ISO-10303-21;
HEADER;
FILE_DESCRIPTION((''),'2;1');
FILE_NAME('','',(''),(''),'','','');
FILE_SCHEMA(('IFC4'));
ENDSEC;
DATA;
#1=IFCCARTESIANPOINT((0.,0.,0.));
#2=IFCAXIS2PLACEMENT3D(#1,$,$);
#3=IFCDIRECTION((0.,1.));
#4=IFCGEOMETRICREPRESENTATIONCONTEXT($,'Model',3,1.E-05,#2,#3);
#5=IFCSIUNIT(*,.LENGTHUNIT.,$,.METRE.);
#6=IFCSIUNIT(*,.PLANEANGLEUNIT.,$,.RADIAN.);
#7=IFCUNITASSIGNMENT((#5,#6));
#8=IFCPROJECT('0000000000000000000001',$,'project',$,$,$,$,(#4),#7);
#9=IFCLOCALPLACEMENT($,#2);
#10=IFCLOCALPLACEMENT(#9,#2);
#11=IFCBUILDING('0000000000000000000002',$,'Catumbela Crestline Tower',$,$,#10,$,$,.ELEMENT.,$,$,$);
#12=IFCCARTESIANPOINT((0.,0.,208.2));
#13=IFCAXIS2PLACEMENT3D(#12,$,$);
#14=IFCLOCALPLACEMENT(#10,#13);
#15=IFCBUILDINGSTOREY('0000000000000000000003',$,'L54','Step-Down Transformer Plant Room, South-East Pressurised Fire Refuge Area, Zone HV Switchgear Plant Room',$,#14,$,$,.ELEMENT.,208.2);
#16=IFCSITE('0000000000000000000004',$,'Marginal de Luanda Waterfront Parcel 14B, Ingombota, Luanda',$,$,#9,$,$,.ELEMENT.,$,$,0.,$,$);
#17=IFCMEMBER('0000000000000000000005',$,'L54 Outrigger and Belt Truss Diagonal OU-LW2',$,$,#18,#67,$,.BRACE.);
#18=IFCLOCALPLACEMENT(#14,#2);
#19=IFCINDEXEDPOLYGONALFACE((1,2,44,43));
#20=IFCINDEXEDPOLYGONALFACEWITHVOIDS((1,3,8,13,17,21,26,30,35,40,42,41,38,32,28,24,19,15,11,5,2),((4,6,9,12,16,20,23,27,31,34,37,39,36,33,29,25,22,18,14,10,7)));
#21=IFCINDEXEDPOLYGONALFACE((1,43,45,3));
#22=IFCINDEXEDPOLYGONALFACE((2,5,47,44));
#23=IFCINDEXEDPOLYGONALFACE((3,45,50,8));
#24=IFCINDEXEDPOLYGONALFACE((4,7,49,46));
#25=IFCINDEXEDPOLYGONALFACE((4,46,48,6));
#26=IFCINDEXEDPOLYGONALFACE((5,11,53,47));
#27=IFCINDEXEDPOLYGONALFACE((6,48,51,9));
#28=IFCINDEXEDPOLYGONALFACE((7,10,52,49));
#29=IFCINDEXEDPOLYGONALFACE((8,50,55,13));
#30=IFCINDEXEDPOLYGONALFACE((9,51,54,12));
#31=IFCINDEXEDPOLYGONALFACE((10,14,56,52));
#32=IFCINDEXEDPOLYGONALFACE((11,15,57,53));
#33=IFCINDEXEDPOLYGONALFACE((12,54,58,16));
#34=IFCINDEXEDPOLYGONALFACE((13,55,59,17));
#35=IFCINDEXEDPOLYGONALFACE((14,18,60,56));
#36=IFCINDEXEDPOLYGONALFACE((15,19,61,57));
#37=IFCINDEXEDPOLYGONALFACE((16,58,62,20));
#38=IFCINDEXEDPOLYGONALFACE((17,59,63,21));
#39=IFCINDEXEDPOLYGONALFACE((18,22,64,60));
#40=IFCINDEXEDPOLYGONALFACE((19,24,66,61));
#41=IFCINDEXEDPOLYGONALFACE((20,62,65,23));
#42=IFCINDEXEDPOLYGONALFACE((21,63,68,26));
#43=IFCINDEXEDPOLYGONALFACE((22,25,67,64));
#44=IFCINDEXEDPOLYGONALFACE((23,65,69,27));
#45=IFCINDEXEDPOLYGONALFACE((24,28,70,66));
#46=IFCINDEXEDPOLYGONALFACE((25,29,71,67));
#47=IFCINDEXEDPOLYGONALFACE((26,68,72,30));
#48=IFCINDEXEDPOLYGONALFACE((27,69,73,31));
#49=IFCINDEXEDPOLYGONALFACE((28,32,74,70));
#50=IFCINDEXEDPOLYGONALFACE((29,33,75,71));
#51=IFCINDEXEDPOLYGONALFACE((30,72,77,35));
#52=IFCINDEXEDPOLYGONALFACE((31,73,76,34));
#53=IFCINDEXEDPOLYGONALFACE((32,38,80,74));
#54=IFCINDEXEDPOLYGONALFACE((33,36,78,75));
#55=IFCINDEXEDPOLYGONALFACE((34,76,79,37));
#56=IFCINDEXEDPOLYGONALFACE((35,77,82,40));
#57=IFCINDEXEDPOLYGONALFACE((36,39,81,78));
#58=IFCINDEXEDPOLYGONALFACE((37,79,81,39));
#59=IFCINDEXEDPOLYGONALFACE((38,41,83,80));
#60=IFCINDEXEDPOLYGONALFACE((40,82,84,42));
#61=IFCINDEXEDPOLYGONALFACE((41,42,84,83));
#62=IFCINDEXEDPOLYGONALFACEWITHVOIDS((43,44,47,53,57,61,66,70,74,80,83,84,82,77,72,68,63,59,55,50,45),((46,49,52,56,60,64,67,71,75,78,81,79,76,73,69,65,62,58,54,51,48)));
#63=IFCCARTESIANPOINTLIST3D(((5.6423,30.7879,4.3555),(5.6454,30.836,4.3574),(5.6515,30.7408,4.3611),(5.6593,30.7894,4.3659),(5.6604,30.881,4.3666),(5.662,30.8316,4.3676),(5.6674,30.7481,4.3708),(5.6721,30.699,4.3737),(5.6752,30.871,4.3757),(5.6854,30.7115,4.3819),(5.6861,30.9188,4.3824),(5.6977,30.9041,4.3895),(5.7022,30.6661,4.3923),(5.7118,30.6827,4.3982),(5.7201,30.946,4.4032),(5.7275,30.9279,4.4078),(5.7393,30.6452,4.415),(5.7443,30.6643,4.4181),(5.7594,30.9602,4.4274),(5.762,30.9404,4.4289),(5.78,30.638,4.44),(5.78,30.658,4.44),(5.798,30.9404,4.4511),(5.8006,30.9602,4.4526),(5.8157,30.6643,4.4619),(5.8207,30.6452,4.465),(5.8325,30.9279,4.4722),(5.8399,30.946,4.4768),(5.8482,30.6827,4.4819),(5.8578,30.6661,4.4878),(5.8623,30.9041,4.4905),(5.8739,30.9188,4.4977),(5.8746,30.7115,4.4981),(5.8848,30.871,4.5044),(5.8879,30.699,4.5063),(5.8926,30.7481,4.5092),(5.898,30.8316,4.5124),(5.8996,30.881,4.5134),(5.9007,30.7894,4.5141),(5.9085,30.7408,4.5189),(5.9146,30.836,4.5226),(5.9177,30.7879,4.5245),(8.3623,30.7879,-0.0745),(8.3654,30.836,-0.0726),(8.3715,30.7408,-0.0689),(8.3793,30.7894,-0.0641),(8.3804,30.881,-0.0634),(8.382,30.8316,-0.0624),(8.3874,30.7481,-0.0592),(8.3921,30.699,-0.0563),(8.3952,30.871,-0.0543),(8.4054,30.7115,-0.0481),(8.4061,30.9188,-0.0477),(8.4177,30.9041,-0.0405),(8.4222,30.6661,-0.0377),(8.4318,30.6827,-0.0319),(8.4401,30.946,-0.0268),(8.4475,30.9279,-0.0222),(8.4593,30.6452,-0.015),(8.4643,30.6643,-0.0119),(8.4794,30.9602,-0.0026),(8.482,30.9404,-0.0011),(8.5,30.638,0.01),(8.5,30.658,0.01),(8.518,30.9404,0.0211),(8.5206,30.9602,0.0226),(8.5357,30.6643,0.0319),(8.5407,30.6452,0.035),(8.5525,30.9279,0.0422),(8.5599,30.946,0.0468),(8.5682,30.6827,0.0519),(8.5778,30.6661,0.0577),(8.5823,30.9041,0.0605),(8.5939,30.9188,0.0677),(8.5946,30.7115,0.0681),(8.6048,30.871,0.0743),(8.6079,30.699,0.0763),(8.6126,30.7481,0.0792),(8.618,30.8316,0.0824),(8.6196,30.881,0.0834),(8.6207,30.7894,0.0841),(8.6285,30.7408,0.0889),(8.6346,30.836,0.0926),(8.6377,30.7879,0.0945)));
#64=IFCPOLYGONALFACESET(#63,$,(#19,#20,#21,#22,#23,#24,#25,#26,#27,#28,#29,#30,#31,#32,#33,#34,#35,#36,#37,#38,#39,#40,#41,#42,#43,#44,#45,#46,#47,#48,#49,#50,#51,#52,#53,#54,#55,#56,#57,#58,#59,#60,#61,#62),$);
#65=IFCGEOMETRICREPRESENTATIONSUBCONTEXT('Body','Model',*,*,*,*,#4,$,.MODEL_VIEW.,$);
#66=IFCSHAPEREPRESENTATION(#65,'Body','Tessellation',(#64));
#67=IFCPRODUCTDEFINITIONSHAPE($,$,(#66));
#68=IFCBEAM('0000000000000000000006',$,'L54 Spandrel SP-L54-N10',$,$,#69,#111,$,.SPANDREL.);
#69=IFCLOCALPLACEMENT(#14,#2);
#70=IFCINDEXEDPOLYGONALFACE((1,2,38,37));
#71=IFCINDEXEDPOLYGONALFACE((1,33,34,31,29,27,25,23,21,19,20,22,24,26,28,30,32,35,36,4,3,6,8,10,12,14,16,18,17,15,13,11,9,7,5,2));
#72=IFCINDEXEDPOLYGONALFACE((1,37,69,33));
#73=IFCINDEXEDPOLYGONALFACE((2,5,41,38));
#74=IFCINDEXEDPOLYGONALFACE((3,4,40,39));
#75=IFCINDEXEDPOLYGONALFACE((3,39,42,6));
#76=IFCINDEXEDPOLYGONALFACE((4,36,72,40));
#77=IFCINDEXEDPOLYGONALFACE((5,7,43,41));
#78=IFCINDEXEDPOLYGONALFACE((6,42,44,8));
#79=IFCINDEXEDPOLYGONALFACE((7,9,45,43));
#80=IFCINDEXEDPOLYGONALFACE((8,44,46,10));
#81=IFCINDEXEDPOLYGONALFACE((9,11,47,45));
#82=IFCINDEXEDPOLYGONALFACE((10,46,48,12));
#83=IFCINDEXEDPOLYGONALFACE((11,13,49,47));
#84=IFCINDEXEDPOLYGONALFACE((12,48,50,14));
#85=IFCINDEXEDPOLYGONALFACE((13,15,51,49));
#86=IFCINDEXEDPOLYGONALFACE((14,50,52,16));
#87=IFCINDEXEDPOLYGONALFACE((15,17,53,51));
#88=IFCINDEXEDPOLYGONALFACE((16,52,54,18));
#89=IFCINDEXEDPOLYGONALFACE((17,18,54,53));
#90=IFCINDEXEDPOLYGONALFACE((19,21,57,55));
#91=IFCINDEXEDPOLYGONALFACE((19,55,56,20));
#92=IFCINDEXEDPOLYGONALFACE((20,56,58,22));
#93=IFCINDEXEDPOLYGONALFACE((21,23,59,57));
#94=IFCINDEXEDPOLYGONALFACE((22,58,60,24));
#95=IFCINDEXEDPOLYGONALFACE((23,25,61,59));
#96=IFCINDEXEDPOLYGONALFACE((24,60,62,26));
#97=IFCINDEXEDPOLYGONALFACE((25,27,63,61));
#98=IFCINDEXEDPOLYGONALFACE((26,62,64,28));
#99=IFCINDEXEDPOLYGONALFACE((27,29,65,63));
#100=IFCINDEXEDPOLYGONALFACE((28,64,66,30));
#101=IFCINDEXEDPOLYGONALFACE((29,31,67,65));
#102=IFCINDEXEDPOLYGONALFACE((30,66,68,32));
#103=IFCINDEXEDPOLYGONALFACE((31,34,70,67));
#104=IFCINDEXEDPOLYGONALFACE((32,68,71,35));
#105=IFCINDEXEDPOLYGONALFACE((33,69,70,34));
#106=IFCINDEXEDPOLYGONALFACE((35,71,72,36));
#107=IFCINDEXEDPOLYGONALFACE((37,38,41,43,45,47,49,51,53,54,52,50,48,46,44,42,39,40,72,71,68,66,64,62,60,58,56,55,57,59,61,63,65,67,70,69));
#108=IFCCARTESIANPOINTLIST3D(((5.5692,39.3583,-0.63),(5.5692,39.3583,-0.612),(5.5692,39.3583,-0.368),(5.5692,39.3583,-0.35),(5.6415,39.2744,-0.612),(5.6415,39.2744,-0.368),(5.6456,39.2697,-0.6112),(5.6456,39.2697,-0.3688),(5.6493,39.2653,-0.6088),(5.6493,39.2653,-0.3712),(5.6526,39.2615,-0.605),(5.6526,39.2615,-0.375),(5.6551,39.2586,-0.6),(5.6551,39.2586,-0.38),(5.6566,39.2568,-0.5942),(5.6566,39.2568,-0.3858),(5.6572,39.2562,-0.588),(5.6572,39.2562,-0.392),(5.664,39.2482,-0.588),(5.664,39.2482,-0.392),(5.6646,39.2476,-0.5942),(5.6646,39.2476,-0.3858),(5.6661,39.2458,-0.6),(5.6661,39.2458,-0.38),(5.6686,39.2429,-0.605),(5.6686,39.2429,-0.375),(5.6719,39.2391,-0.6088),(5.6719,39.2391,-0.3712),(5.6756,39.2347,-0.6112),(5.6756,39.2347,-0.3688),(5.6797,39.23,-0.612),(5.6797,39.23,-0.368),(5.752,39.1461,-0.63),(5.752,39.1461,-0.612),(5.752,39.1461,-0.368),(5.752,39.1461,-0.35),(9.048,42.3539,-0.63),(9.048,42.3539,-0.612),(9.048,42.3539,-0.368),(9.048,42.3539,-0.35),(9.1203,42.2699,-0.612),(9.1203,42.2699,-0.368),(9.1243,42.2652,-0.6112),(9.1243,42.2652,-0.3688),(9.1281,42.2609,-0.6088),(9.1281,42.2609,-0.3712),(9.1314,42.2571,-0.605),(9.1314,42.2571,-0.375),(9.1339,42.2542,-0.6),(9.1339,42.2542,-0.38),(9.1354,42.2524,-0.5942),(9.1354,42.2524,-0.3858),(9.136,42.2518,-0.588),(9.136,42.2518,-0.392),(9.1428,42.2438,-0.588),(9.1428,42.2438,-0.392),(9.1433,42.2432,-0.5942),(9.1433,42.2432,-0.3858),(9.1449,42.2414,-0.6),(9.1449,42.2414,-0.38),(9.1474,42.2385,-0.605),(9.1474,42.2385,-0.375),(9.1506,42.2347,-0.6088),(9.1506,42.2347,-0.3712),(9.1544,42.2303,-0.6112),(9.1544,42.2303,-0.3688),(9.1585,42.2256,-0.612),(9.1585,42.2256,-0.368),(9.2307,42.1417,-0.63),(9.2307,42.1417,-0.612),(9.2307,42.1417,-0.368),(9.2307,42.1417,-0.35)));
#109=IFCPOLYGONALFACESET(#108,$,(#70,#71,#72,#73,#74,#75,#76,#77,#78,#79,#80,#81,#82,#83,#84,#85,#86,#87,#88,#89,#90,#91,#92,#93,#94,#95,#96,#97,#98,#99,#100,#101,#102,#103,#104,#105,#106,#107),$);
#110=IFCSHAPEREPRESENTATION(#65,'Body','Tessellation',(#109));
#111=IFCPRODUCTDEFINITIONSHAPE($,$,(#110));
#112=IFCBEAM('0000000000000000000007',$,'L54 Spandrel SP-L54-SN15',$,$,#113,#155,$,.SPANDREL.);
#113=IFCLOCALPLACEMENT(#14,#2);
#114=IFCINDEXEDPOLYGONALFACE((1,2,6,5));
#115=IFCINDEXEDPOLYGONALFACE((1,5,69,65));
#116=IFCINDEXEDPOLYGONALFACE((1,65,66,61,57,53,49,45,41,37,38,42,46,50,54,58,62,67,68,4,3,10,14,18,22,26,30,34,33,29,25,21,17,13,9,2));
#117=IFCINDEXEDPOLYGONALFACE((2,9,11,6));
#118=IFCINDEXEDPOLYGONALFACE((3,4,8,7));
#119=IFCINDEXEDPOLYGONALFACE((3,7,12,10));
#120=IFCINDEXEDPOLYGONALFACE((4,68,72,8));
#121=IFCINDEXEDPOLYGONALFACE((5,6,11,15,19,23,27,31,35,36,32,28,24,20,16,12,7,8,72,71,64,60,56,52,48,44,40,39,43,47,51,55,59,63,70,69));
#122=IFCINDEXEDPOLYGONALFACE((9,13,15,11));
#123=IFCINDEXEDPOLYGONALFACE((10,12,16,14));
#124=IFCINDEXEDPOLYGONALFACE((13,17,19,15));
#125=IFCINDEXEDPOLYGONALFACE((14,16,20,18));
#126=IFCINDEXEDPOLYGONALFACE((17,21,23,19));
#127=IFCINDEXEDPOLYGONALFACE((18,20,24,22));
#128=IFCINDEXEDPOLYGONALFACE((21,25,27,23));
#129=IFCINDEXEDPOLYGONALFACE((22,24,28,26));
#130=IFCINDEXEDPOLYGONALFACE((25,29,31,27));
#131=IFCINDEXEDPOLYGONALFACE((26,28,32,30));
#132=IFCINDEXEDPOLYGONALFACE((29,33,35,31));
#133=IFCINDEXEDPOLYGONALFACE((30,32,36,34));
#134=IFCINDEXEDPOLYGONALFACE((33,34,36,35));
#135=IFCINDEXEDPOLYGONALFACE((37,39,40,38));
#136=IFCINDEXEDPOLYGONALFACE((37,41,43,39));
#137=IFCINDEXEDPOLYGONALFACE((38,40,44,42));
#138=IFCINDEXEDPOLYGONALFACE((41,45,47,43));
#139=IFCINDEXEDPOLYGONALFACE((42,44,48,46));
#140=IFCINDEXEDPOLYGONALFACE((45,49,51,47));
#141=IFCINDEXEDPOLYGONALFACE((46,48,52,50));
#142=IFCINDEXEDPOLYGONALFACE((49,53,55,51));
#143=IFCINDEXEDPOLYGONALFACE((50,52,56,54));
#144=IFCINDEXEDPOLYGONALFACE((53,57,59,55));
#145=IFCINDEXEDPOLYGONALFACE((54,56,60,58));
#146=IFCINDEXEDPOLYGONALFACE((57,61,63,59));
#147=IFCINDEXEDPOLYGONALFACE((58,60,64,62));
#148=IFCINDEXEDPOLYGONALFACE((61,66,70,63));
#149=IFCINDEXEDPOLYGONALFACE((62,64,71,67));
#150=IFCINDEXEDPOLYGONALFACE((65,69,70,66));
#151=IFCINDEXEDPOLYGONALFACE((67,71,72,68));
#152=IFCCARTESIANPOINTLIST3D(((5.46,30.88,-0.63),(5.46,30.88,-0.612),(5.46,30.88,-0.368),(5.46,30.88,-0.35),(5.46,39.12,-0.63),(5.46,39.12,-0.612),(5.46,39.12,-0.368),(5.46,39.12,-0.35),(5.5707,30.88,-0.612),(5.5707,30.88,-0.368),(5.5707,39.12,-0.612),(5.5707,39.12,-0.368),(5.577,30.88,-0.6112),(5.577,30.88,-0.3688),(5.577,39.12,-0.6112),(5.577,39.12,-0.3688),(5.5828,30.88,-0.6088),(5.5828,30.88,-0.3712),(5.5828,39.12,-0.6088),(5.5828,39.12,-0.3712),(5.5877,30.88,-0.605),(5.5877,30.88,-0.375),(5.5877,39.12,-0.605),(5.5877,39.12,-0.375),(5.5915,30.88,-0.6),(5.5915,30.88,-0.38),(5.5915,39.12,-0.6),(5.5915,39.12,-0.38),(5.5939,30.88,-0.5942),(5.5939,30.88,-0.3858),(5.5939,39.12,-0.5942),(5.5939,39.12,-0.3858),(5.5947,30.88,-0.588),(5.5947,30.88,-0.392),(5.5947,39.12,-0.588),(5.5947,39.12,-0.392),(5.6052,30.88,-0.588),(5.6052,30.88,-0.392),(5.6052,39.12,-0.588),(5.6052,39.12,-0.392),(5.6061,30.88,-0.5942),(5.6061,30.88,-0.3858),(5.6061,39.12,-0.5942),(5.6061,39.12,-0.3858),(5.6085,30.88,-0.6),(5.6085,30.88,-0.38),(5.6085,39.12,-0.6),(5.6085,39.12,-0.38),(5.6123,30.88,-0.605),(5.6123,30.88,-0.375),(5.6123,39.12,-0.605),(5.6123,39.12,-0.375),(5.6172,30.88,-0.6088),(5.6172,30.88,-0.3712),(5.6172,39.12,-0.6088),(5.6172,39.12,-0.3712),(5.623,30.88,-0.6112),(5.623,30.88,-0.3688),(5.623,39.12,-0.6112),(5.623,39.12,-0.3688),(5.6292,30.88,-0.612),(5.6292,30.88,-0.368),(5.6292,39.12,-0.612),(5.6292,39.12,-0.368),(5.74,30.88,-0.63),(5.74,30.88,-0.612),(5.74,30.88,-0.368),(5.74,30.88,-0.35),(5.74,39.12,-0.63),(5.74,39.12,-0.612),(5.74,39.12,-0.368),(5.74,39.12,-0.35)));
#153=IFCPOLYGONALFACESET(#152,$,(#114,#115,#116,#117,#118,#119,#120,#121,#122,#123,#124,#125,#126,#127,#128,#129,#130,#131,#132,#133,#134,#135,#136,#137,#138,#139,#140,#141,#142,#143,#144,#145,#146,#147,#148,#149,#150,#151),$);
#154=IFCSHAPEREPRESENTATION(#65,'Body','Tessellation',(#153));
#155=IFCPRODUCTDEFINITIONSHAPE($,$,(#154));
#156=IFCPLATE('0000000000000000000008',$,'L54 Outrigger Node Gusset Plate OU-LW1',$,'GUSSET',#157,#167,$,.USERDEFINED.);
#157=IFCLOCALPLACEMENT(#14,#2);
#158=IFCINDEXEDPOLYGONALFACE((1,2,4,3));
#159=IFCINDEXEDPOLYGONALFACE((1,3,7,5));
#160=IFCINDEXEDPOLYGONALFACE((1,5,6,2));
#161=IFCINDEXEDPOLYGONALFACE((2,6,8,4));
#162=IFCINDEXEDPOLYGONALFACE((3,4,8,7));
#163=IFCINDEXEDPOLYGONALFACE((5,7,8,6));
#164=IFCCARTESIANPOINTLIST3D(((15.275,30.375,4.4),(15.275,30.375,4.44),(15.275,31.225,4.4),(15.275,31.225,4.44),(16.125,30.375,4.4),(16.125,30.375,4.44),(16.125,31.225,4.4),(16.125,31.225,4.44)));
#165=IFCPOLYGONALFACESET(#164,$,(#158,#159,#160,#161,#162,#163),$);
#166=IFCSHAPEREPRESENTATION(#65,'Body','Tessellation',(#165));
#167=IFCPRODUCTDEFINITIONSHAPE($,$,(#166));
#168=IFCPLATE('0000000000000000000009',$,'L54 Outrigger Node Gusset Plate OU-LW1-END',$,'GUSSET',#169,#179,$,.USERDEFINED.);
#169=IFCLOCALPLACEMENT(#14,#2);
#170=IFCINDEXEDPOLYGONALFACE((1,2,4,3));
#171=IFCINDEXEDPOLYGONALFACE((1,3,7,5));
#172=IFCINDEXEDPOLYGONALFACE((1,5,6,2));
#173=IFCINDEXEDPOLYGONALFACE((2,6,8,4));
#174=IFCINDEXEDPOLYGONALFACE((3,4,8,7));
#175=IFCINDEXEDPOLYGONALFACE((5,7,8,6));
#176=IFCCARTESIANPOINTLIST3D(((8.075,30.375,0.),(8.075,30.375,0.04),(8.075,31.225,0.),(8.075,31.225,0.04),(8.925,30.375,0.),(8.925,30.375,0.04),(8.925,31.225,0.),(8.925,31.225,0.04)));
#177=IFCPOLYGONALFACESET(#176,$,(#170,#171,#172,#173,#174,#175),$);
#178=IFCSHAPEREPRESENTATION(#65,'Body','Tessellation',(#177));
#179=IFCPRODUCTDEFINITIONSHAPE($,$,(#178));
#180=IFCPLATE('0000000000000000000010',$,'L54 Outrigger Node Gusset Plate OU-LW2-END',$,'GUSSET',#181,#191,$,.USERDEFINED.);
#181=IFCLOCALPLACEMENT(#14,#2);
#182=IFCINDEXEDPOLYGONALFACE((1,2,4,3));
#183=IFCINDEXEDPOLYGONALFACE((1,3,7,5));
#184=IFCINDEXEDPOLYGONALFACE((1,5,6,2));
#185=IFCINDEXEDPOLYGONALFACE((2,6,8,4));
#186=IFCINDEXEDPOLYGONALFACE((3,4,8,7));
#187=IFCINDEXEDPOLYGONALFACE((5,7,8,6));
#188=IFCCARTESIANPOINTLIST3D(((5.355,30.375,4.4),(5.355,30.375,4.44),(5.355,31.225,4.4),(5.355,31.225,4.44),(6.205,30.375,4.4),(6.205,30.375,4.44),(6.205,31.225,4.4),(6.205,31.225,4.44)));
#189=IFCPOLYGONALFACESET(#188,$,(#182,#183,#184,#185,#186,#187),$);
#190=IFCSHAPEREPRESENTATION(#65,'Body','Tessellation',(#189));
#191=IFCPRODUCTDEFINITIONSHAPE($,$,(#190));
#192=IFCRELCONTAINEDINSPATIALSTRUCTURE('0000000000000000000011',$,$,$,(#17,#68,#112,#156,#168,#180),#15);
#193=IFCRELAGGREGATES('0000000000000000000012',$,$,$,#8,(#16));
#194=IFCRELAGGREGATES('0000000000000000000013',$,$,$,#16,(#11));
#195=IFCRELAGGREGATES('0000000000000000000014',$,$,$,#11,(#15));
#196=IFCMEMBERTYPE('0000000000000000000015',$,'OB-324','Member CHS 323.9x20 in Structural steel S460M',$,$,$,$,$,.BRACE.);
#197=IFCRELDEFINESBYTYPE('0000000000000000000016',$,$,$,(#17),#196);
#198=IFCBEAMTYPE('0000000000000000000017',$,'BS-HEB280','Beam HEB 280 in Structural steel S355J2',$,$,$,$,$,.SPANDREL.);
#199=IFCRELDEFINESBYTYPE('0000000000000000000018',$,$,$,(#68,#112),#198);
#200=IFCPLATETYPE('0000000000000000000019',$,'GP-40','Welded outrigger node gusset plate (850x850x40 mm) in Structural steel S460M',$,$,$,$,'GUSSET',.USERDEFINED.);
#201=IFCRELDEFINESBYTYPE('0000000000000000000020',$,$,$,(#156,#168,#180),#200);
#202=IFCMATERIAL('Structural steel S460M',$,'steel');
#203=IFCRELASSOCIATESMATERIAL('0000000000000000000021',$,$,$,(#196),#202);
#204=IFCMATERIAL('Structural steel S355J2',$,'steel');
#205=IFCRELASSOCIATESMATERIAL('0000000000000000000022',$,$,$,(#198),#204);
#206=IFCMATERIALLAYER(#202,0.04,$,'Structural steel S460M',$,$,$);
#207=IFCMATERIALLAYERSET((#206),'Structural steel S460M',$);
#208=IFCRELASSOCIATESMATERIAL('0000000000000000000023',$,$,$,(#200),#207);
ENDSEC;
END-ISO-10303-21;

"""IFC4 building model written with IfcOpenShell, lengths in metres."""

from ifc_helpers import new_model, si_unit, direction, frame, origin, origin_2d, place, context, subcontext, project, spatial, rectangle, hollow_circle, i_section, extrude, material, layer, layer_set, material_profile, profile_set, type_object, element, save


model = new_model("IFC4")

# Units and contexts
model_context = context("Model", 3, precision=1e-05, world=origin(), true_north=direction((0.0, 1.0)))
body_context = subcontext(model_context, "Body", "Model", "MODEL_VIEW")
ifc_project = project(units=[si_unit("LENGTHUNIT", "METRE"), si_unit("PLANEANGLEUNIT", "RADIAN")], contexts=[model_context])

# Site, building, storey
site_placement = place(None, origin())
site = spatial("IfcSite", under=ifc_project, at=site_placement, Name="Marginal de Luanda Waterfront Parcel 14B, Ingombota, Luanda", CompositionType="ELEMENT", RefElevation=0.0)
building_placement = place(site_placement, origin())
building = spatial("IfcBuilding", under=site, at=building_placement, Name="Catumbela Crestline Tower", CompositionType="ELEMENT")
storey_placement = place(building_placement, frame((0.0, 0.0, 208.2)))
storey = spatial("IfcBuildingStorey", under=building, at=storey_placement, Name="L54", Description="Step-Down Transformer Plant Room, South-East Pressurised Fire Refuge Area, Zone HV Switchgear Plant Room", CompositionType="ELEMENT", Elevation=208.2)

# Shared definitions
ifc_material_1 = material(Name="Structural steel S355J2", Category="steel")

# Member
ifc_material_2 = material(Name="Structural steel S460M", Category="steel")
ifc_material_profile_1 = material_profile(ifc_material_2, hollow_circle(Radius=0.162, WallThickness=0.02, at=origin_2d()), Name="CHS 323.9x20")
ifc_profile_set_1 = profile_set([ifc_material_profile_1], Name="Structural steel S460M")
member_type = type_object("IfcMemberType", Name="OB-324", Description="Member CHS 323.9x20 in Structural steel S460M", PredefinedType="BRACE", material=ifc_profile_set_1)
member_1_placement = place(storey_placement, frame((8.5, 30.8, 0.01), z_axis=(-0.523239, 0.0, 0.852186), x_axis=(0.0, -1.0, 0.0)))
element("IfcMember", 1, at=member_1_placement, inside=storey, type_object=member_type, Name="L54 Outrigger and Belt Truss Diagonal OU-LW2", PredefinedType="BRACE", context=body_context, shape_type="SweptSolid", body=[
    extrude(hollow_circle(Radius=0.162, WallThickness=0.02, at=origin_2d()), origin(), (0.0, 0.0, 1.0), 5.1984),
])

# Beams
ifc_material_profile_2 = material_profile(ifc_material_1, i_section(OverallWidth=0.28, OverallDepth=0.28, WebThickness=0.0105, FlangeThickness=0.018, FilletRadius=0.024, at=origin_2d()), Name="HEB 280")
ifc_profile_set_2 = profile_set([ifc_material_profile_2], Name="Structural steel S355J2")
beam_type_1 = type_object("IfcBeamType", Name="BS-HEB280", Description="Beam HEB 280 in Structural steel S355J2", PredefinedType="SPANDREL", material=ifc_profile_set_2)
beam_1_placement = place(storey_placement, frame((5.6606, 39.2522, -0.49), z_axis=(0.757772, 0.652519, 0.0), x_axis=(-0.652519, 0.757772, 0.0)))
element("IfcBeam", 2, at=beam_1_placement, inside=storey, type_object=beam_type_1, Name="L54 Spandrel SP-L54-N10", PredefinedType="SPANDREL", context=body_context, shape_type="SweptSolid", body=[
    extrude(i_section(OverallWidth=0.28, OverallDepth=0.28, WebThickness=0.0105, FlangeThickness=0.018, FilletRadius=0.024, at=origin_2d()), origin(), (0.0, 0.0, 1.0), 4.5908),
])
beam_2_placement = place(storey_placement, frame((5.6, 30.88, -0.49), z_axis=(0.0, 1.0, 0.0), x_axis=(-1.0, 0.0, 0.0)))
element("IfcBeam", 3, at=beam_2_placement, inside=storey, type_object=beam_type_1, Name="L54 Spandrel SP-L54-SN15", PredefinedType="SPANDREL", context=body_context, shape_type="SweptSolid", body=[
    extrude(i_section(OverallWidth=0.28, OverallDepth=0.28, WebThickness=0.0105, FlangeThickness=0.018, FilletRadius=0.024, at=origin_2d()), origin(), (0.0, 0.0, 1.0), 8.24),
])

# Plates
ifc_layer_1 = layer(ifc_material_2, 0.04, Name="Structural steel S460M")
ifc_layer_set_1 = layer_set([ifc_layer_1], Name="Structural steel S460M")
plate_type = type_object("IfcPlateType", Name="GP-40", Description="Welded outrigger node gusset plate (850x850x40 mm) in Structural steel S460M", ElementType="GUSSET", PredefinedType="USERDEFINED", material=ifc_layer_set_1)
for number, where, z_axis, x_axis, name in (
    (4, (15.7, 30.8, 4.4), (0.0, 0.0, 1.0), (1.0, 0.0, 0.0), "L54 Outrigger Node Gusset Plate OU-LW1"),
    (5, (8.5, 30.8, 0.0), (0.0, 0.0, 1.0), (1.0, 0.0, 0.0), "L54 Outrigger Node Gusset Plate OU-LW1-END"),
    (6, (5.78, 30.8, 4.4), (0.0, 0.0, 1.0), (1.0, 0.0, 0.0), "L54 Outrigger Node Gusset Plate OU-LW2-END"),
):
    element("IfcPlate", number, at=place(storey_placement, frame(where, z_axis=z_axis, x_axis=x_axis)), inside=storey, type_object=plate_type, Name=name, ObjectType="GUSSET", PredefinedType="USERDEFINED", context=body_context, shape_type="SweptSolid", body=[
        extrude(rectangle(XDim=0.85, YDim=0.85, at=origin_2d()), origin(), (0.0, 0.0, 1.0), 0.04),
    ])

save(model, "model.ifc")
